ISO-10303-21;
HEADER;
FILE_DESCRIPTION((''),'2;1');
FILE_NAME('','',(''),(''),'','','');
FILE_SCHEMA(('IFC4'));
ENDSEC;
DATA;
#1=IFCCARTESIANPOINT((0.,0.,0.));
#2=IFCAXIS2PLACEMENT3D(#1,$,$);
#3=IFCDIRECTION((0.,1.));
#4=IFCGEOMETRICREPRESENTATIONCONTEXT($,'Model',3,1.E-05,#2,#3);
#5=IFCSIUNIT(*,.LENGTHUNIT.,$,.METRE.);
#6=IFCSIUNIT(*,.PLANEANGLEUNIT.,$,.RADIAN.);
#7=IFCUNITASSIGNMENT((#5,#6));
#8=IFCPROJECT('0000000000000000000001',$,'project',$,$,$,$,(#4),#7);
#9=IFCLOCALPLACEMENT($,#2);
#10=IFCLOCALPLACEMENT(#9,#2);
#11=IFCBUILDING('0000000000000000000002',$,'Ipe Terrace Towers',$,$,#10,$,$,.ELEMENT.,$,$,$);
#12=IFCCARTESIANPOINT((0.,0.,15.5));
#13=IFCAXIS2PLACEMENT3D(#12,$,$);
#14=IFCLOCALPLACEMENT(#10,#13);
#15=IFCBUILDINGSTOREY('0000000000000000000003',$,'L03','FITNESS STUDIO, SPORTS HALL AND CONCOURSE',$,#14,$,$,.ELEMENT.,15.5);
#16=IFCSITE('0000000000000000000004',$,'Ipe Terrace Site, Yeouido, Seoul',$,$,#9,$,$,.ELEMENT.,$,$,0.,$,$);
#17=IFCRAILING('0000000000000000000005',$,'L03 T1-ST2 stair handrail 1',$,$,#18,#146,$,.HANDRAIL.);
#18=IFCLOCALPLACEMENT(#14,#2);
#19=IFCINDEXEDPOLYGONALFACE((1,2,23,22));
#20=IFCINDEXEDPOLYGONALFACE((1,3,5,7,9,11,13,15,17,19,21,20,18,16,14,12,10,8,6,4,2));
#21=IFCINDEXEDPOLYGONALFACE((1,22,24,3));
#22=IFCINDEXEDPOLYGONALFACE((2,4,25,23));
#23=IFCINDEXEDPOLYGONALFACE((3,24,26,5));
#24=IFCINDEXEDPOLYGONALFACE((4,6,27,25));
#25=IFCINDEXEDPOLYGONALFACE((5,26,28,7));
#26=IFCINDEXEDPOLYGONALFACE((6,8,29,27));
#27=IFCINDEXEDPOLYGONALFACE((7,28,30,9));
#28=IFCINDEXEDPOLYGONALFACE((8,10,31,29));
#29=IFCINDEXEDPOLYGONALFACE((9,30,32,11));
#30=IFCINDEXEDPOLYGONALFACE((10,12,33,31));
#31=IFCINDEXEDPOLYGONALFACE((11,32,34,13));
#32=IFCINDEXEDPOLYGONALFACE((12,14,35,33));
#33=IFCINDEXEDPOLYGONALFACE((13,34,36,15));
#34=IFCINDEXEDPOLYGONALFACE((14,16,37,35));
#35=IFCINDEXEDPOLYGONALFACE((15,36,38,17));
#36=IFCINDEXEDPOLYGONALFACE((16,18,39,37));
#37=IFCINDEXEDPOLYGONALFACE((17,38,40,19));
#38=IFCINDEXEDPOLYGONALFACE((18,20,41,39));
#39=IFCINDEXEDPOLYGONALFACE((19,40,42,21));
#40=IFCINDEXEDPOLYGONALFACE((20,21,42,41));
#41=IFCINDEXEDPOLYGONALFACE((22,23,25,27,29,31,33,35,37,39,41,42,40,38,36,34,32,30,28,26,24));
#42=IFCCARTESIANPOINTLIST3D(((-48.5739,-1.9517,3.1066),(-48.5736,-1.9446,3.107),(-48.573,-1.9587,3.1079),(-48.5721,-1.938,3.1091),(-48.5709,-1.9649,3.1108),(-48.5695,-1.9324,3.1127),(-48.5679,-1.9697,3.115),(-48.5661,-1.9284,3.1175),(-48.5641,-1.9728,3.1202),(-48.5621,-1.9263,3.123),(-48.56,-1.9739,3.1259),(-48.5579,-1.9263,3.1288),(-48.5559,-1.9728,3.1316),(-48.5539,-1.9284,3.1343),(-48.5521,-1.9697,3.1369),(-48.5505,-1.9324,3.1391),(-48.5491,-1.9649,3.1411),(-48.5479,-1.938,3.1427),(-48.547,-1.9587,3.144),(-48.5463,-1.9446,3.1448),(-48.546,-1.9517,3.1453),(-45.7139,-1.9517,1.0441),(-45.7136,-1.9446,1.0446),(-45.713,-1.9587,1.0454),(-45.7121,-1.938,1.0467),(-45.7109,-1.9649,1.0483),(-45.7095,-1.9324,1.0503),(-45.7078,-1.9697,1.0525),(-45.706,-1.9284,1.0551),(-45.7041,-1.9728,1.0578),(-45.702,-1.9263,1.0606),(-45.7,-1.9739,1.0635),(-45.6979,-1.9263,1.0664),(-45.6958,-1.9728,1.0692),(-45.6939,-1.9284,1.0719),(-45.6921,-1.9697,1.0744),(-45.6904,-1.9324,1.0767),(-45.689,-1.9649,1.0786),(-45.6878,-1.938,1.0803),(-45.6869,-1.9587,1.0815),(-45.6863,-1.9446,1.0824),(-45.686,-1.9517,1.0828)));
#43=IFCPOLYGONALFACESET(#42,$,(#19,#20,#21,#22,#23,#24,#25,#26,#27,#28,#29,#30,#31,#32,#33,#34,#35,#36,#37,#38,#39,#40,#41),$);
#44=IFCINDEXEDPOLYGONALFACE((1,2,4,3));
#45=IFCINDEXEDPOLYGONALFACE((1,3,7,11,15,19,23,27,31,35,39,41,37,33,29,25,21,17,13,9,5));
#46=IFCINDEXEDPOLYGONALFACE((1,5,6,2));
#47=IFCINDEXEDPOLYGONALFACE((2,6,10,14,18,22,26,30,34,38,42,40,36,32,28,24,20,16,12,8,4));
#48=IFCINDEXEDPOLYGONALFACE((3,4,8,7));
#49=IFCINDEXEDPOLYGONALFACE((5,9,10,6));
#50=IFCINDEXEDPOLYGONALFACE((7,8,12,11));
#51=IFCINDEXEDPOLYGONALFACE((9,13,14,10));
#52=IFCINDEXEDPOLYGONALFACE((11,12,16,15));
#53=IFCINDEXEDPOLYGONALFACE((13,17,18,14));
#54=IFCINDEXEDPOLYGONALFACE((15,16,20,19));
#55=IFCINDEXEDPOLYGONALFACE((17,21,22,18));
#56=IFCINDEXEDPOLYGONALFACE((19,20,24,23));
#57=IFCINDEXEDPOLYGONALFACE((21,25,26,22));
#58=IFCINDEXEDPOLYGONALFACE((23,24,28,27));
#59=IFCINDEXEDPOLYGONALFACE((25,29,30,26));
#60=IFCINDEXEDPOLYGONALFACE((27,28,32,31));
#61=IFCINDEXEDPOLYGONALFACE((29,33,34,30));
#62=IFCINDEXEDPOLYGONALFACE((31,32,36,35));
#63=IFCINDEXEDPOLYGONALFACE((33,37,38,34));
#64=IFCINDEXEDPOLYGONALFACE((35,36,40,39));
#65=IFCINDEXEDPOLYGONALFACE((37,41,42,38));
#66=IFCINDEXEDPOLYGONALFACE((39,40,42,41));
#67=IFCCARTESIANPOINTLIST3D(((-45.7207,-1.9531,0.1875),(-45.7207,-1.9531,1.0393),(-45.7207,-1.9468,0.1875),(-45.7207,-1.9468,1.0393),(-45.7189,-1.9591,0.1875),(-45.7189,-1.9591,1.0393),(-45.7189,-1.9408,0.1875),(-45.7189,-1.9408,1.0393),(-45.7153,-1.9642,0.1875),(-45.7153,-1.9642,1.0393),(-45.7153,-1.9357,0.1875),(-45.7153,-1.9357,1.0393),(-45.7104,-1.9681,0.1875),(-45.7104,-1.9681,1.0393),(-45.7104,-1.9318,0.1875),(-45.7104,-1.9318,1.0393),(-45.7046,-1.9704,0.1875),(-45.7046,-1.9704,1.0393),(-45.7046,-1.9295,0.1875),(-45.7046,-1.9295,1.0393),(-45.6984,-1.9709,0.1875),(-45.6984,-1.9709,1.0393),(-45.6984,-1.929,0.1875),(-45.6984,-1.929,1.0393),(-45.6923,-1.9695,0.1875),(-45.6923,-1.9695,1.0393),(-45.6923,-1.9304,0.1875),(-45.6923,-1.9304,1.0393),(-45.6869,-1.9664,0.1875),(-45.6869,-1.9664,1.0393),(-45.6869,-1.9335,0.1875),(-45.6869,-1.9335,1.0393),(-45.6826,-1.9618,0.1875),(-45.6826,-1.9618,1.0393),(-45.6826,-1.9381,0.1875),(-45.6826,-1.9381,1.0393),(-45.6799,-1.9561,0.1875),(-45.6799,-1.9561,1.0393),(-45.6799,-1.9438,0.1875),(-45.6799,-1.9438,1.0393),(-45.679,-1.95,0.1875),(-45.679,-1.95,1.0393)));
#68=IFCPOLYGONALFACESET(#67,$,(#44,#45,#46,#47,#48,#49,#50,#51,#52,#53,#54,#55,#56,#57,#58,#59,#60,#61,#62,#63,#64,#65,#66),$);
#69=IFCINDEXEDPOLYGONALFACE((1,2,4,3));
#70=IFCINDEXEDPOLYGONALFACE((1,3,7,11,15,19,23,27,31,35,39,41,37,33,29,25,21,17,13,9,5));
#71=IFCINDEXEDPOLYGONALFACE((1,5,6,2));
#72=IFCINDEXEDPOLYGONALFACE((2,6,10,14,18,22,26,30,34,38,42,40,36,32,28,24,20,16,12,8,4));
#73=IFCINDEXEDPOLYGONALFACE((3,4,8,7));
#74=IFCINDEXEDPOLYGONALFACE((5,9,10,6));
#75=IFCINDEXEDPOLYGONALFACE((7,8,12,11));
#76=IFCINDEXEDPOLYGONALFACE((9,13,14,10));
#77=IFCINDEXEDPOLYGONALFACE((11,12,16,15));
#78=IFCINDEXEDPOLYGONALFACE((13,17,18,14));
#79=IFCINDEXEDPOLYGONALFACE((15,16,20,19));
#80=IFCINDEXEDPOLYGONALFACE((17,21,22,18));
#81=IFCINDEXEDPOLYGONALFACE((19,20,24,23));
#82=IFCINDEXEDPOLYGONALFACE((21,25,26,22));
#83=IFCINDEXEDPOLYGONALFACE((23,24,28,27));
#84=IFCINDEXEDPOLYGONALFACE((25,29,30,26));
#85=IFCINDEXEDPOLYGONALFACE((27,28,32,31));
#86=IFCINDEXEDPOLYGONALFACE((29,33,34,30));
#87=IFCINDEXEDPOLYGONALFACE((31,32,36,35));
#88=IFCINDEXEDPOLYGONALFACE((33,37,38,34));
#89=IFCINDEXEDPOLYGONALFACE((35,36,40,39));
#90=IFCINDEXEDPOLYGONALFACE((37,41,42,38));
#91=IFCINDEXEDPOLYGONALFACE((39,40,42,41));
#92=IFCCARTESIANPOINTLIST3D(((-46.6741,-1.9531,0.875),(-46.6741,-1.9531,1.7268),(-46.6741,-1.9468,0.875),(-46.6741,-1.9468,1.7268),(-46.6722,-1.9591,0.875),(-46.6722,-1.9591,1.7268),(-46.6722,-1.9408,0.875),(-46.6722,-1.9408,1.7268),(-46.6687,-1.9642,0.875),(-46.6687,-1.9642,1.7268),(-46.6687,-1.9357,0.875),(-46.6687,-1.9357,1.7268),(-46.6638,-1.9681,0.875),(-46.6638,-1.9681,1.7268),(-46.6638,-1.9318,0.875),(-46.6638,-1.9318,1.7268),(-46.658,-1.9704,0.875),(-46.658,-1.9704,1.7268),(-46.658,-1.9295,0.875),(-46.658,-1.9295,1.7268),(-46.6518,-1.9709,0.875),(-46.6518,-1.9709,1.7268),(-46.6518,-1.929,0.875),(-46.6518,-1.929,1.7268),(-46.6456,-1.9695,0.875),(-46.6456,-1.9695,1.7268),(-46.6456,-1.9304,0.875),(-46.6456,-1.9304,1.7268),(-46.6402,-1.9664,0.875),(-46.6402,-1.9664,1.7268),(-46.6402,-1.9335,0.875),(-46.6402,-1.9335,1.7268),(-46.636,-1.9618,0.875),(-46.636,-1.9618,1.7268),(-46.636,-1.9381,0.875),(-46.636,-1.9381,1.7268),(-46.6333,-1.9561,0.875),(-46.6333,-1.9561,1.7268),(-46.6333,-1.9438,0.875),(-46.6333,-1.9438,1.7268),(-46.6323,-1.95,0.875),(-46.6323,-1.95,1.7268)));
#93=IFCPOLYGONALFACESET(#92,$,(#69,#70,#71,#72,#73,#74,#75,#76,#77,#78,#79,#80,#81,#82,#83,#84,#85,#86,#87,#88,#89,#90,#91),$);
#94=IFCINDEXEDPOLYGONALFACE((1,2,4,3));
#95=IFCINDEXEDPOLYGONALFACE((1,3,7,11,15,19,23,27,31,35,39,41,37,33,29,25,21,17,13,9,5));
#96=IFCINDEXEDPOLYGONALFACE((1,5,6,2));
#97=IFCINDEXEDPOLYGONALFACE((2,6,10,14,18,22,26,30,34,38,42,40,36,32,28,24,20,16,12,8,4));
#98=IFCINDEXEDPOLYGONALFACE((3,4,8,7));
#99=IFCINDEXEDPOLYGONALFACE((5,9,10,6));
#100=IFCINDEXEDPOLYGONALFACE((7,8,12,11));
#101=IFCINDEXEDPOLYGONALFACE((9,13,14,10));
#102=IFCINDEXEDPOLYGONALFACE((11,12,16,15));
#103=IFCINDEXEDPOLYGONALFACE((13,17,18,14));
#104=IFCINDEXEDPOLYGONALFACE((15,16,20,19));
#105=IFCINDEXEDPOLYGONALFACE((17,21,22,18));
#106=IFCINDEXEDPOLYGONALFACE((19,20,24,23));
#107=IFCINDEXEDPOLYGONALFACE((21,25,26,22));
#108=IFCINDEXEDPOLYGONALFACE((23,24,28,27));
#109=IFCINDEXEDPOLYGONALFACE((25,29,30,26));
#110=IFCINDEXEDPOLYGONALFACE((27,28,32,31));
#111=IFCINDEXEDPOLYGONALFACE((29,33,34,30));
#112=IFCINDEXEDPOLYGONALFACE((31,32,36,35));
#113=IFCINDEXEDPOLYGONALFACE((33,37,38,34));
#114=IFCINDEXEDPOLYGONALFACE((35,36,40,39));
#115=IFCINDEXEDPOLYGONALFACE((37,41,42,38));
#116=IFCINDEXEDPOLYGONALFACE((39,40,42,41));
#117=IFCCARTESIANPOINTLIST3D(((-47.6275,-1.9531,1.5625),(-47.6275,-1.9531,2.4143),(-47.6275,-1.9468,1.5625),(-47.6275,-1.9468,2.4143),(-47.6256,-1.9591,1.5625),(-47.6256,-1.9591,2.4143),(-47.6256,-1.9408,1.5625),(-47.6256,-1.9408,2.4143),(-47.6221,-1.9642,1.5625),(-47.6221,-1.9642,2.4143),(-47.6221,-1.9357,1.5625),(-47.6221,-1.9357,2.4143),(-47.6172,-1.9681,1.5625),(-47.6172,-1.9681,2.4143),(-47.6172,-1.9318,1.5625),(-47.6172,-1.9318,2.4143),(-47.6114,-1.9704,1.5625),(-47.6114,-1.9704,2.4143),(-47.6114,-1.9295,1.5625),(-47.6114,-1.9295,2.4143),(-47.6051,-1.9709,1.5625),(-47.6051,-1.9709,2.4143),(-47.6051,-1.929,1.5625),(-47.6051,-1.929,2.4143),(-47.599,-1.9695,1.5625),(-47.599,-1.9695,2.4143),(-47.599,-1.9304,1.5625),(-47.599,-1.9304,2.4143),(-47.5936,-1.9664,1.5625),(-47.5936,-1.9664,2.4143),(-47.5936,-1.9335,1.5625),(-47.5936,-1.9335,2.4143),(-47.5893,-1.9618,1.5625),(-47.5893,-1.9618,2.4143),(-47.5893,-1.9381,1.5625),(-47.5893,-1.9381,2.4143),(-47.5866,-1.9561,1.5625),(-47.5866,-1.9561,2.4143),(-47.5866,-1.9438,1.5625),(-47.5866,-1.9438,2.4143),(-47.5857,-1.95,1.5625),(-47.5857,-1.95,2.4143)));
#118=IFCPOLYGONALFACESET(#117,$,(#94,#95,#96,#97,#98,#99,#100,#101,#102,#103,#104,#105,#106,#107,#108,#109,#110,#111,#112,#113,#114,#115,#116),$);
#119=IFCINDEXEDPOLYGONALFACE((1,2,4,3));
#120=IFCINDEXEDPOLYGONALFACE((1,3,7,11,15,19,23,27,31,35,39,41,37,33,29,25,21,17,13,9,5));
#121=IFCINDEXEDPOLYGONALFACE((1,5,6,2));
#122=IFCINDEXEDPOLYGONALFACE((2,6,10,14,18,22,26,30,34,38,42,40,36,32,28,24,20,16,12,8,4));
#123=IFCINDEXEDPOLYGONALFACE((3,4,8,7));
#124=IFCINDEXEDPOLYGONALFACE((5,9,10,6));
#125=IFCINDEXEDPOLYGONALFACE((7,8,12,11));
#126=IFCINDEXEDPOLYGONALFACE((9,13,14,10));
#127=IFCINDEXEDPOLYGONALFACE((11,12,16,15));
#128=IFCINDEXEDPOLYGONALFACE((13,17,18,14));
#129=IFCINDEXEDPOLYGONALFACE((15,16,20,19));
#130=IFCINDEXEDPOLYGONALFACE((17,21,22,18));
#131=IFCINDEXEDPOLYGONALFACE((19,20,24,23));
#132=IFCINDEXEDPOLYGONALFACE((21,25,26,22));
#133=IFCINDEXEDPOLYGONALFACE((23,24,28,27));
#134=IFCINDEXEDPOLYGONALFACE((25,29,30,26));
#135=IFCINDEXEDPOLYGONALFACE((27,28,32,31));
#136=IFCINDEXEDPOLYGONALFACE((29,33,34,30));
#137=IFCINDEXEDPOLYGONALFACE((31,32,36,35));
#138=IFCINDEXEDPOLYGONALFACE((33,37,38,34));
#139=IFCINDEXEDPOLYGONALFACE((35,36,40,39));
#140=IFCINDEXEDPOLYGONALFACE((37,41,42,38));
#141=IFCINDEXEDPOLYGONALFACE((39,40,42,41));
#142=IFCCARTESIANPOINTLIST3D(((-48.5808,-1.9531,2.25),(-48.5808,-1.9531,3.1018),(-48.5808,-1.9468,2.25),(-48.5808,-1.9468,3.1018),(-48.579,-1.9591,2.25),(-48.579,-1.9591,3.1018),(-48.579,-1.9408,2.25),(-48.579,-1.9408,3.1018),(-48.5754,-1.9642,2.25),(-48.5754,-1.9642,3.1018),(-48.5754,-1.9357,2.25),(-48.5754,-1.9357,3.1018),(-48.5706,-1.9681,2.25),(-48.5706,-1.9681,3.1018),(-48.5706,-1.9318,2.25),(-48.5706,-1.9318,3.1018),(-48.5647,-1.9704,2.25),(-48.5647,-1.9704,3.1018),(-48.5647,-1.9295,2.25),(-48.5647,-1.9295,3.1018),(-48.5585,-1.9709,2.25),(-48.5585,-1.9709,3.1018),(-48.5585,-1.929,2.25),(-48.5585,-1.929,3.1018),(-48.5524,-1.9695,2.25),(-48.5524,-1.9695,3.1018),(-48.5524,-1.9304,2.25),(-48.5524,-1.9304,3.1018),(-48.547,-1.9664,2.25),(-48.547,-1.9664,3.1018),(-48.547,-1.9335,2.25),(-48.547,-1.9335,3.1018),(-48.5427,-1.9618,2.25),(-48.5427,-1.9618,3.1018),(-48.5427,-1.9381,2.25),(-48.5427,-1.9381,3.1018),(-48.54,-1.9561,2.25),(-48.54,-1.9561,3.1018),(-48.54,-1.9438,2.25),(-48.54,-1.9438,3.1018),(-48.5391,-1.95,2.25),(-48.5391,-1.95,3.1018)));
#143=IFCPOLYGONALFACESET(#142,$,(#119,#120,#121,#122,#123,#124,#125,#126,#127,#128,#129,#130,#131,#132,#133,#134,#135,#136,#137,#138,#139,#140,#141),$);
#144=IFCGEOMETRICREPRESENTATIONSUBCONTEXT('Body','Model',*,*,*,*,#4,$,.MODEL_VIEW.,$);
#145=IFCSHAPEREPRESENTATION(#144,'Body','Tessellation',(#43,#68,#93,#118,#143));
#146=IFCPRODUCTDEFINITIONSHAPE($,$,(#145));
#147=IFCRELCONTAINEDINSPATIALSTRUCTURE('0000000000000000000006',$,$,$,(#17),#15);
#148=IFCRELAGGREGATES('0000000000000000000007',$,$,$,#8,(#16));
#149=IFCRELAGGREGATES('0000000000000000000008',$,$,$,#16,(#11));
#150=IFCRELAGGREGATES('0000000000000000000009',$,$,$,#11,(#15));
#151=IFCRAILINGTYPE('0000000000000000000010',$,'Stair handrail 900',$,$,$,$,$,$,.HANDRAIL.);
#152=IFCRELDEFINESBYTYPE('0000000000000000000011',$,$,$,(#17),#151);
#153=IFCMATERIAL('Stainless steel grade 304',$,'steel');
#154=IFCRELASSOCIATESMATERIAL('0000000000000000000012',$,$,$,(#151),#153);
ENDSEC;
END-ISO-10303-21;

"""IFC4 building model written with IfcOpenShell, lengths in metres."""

from ifc_helpers import new_model, si_unit, direction, frame, origin, origin_2d, place, context, subcontext, project, spatial, circle, extrude, material, type_object, element, save


model = new_model("IFC4")

# Units and contexts
model_context = context("Model", 3, precision=1e-05, world=origin(), true_north=direction((0.0, 1.0)))
body_context = subcontext(model_context, "Body", "Model", "MODEL_VIEW")
ifc_project = project(units=[si_unit("LENGTHUNIT", "METRE"), si_unit("PLANEANGLEUNIT", "RADIAN")], contexts=[model_context])

# Site, building, storey
site_placement = place(None, origin())
site = spatial("IfcSite", under=ifc_project, at=site_placement, Name="Ipe Terrace Site, Yeouido, Seoul", CompositionType="ELEMENT", RefElevation=0.0)
building_placement = place(site_placement, origin())
building = spatial("IfcBuilding", under=site, at=building_placement, Name="Ipe Terrace Towers", CompositionType="ELEMENT")
storey_placement = place(building_placement, frame((0.0, 0.0, 15.5)))
storey = spatial("IfcBuildingStorey", under=building, at=storey_placement, Name="L03", Description="FITNESS STUDIO, SPORTS HALL AND CONCOURSE", CompositionType="ELEMENT", Elevation=15.5)

# Railing
ifc_material_1 = material(Name="Stainless steel grade 304", Category="steel")
railing_type_1 = type_object("IfcRailingType", Name="Stair handrail 900", PredefinedType="HANDRAIL", material=ifc_material_1)
railing_1_placement = place(storey_placement, frame((-45.7, -1.95, 0.1875)))
element("IfcRailing", 1, at=railing_1_placement, inside=storey, type_object=railing_type_1, Name="L03 T1-ST2 stair handrail 1", PredefinedType="HANDRAIL", context=body_context, shape_type="SweptSolid", body=[
    extrude(circle(Radius=0.0239, at=origin_2d()), frame((0.0, 0.0, 0.876), z_axis=(-0.811101, 0.0, 0.584906), x_axis=(0.0, -1.0, 0.0)), (0.0, 0.0, 1.0), 3.5261),
    extrude(circle(Radius=0.021, at=origin_2d()), origin(), (0.0, 0.0, 1.0), 0.8518),
    extrude(circle(Radius=0.021, at=origin_2d()), frame((-0.9534, 0.0, 0.6875)), (0.0, 0.0, 1.0), 0.8518),
    extrude(circle(Radius=0.021, at=origin_2d()), frame((-1.9067, 0.0, 1.375)), (0.0, 0.0, 1.0), 0.8518),
    extrude(circle(Radius=0.021, at=origin_2d()), frame((-2.8601, 0.0, 2.0625)), (0.0, 0.0, 1.0), 0.8518),
])

save(model, "model.ifc")
